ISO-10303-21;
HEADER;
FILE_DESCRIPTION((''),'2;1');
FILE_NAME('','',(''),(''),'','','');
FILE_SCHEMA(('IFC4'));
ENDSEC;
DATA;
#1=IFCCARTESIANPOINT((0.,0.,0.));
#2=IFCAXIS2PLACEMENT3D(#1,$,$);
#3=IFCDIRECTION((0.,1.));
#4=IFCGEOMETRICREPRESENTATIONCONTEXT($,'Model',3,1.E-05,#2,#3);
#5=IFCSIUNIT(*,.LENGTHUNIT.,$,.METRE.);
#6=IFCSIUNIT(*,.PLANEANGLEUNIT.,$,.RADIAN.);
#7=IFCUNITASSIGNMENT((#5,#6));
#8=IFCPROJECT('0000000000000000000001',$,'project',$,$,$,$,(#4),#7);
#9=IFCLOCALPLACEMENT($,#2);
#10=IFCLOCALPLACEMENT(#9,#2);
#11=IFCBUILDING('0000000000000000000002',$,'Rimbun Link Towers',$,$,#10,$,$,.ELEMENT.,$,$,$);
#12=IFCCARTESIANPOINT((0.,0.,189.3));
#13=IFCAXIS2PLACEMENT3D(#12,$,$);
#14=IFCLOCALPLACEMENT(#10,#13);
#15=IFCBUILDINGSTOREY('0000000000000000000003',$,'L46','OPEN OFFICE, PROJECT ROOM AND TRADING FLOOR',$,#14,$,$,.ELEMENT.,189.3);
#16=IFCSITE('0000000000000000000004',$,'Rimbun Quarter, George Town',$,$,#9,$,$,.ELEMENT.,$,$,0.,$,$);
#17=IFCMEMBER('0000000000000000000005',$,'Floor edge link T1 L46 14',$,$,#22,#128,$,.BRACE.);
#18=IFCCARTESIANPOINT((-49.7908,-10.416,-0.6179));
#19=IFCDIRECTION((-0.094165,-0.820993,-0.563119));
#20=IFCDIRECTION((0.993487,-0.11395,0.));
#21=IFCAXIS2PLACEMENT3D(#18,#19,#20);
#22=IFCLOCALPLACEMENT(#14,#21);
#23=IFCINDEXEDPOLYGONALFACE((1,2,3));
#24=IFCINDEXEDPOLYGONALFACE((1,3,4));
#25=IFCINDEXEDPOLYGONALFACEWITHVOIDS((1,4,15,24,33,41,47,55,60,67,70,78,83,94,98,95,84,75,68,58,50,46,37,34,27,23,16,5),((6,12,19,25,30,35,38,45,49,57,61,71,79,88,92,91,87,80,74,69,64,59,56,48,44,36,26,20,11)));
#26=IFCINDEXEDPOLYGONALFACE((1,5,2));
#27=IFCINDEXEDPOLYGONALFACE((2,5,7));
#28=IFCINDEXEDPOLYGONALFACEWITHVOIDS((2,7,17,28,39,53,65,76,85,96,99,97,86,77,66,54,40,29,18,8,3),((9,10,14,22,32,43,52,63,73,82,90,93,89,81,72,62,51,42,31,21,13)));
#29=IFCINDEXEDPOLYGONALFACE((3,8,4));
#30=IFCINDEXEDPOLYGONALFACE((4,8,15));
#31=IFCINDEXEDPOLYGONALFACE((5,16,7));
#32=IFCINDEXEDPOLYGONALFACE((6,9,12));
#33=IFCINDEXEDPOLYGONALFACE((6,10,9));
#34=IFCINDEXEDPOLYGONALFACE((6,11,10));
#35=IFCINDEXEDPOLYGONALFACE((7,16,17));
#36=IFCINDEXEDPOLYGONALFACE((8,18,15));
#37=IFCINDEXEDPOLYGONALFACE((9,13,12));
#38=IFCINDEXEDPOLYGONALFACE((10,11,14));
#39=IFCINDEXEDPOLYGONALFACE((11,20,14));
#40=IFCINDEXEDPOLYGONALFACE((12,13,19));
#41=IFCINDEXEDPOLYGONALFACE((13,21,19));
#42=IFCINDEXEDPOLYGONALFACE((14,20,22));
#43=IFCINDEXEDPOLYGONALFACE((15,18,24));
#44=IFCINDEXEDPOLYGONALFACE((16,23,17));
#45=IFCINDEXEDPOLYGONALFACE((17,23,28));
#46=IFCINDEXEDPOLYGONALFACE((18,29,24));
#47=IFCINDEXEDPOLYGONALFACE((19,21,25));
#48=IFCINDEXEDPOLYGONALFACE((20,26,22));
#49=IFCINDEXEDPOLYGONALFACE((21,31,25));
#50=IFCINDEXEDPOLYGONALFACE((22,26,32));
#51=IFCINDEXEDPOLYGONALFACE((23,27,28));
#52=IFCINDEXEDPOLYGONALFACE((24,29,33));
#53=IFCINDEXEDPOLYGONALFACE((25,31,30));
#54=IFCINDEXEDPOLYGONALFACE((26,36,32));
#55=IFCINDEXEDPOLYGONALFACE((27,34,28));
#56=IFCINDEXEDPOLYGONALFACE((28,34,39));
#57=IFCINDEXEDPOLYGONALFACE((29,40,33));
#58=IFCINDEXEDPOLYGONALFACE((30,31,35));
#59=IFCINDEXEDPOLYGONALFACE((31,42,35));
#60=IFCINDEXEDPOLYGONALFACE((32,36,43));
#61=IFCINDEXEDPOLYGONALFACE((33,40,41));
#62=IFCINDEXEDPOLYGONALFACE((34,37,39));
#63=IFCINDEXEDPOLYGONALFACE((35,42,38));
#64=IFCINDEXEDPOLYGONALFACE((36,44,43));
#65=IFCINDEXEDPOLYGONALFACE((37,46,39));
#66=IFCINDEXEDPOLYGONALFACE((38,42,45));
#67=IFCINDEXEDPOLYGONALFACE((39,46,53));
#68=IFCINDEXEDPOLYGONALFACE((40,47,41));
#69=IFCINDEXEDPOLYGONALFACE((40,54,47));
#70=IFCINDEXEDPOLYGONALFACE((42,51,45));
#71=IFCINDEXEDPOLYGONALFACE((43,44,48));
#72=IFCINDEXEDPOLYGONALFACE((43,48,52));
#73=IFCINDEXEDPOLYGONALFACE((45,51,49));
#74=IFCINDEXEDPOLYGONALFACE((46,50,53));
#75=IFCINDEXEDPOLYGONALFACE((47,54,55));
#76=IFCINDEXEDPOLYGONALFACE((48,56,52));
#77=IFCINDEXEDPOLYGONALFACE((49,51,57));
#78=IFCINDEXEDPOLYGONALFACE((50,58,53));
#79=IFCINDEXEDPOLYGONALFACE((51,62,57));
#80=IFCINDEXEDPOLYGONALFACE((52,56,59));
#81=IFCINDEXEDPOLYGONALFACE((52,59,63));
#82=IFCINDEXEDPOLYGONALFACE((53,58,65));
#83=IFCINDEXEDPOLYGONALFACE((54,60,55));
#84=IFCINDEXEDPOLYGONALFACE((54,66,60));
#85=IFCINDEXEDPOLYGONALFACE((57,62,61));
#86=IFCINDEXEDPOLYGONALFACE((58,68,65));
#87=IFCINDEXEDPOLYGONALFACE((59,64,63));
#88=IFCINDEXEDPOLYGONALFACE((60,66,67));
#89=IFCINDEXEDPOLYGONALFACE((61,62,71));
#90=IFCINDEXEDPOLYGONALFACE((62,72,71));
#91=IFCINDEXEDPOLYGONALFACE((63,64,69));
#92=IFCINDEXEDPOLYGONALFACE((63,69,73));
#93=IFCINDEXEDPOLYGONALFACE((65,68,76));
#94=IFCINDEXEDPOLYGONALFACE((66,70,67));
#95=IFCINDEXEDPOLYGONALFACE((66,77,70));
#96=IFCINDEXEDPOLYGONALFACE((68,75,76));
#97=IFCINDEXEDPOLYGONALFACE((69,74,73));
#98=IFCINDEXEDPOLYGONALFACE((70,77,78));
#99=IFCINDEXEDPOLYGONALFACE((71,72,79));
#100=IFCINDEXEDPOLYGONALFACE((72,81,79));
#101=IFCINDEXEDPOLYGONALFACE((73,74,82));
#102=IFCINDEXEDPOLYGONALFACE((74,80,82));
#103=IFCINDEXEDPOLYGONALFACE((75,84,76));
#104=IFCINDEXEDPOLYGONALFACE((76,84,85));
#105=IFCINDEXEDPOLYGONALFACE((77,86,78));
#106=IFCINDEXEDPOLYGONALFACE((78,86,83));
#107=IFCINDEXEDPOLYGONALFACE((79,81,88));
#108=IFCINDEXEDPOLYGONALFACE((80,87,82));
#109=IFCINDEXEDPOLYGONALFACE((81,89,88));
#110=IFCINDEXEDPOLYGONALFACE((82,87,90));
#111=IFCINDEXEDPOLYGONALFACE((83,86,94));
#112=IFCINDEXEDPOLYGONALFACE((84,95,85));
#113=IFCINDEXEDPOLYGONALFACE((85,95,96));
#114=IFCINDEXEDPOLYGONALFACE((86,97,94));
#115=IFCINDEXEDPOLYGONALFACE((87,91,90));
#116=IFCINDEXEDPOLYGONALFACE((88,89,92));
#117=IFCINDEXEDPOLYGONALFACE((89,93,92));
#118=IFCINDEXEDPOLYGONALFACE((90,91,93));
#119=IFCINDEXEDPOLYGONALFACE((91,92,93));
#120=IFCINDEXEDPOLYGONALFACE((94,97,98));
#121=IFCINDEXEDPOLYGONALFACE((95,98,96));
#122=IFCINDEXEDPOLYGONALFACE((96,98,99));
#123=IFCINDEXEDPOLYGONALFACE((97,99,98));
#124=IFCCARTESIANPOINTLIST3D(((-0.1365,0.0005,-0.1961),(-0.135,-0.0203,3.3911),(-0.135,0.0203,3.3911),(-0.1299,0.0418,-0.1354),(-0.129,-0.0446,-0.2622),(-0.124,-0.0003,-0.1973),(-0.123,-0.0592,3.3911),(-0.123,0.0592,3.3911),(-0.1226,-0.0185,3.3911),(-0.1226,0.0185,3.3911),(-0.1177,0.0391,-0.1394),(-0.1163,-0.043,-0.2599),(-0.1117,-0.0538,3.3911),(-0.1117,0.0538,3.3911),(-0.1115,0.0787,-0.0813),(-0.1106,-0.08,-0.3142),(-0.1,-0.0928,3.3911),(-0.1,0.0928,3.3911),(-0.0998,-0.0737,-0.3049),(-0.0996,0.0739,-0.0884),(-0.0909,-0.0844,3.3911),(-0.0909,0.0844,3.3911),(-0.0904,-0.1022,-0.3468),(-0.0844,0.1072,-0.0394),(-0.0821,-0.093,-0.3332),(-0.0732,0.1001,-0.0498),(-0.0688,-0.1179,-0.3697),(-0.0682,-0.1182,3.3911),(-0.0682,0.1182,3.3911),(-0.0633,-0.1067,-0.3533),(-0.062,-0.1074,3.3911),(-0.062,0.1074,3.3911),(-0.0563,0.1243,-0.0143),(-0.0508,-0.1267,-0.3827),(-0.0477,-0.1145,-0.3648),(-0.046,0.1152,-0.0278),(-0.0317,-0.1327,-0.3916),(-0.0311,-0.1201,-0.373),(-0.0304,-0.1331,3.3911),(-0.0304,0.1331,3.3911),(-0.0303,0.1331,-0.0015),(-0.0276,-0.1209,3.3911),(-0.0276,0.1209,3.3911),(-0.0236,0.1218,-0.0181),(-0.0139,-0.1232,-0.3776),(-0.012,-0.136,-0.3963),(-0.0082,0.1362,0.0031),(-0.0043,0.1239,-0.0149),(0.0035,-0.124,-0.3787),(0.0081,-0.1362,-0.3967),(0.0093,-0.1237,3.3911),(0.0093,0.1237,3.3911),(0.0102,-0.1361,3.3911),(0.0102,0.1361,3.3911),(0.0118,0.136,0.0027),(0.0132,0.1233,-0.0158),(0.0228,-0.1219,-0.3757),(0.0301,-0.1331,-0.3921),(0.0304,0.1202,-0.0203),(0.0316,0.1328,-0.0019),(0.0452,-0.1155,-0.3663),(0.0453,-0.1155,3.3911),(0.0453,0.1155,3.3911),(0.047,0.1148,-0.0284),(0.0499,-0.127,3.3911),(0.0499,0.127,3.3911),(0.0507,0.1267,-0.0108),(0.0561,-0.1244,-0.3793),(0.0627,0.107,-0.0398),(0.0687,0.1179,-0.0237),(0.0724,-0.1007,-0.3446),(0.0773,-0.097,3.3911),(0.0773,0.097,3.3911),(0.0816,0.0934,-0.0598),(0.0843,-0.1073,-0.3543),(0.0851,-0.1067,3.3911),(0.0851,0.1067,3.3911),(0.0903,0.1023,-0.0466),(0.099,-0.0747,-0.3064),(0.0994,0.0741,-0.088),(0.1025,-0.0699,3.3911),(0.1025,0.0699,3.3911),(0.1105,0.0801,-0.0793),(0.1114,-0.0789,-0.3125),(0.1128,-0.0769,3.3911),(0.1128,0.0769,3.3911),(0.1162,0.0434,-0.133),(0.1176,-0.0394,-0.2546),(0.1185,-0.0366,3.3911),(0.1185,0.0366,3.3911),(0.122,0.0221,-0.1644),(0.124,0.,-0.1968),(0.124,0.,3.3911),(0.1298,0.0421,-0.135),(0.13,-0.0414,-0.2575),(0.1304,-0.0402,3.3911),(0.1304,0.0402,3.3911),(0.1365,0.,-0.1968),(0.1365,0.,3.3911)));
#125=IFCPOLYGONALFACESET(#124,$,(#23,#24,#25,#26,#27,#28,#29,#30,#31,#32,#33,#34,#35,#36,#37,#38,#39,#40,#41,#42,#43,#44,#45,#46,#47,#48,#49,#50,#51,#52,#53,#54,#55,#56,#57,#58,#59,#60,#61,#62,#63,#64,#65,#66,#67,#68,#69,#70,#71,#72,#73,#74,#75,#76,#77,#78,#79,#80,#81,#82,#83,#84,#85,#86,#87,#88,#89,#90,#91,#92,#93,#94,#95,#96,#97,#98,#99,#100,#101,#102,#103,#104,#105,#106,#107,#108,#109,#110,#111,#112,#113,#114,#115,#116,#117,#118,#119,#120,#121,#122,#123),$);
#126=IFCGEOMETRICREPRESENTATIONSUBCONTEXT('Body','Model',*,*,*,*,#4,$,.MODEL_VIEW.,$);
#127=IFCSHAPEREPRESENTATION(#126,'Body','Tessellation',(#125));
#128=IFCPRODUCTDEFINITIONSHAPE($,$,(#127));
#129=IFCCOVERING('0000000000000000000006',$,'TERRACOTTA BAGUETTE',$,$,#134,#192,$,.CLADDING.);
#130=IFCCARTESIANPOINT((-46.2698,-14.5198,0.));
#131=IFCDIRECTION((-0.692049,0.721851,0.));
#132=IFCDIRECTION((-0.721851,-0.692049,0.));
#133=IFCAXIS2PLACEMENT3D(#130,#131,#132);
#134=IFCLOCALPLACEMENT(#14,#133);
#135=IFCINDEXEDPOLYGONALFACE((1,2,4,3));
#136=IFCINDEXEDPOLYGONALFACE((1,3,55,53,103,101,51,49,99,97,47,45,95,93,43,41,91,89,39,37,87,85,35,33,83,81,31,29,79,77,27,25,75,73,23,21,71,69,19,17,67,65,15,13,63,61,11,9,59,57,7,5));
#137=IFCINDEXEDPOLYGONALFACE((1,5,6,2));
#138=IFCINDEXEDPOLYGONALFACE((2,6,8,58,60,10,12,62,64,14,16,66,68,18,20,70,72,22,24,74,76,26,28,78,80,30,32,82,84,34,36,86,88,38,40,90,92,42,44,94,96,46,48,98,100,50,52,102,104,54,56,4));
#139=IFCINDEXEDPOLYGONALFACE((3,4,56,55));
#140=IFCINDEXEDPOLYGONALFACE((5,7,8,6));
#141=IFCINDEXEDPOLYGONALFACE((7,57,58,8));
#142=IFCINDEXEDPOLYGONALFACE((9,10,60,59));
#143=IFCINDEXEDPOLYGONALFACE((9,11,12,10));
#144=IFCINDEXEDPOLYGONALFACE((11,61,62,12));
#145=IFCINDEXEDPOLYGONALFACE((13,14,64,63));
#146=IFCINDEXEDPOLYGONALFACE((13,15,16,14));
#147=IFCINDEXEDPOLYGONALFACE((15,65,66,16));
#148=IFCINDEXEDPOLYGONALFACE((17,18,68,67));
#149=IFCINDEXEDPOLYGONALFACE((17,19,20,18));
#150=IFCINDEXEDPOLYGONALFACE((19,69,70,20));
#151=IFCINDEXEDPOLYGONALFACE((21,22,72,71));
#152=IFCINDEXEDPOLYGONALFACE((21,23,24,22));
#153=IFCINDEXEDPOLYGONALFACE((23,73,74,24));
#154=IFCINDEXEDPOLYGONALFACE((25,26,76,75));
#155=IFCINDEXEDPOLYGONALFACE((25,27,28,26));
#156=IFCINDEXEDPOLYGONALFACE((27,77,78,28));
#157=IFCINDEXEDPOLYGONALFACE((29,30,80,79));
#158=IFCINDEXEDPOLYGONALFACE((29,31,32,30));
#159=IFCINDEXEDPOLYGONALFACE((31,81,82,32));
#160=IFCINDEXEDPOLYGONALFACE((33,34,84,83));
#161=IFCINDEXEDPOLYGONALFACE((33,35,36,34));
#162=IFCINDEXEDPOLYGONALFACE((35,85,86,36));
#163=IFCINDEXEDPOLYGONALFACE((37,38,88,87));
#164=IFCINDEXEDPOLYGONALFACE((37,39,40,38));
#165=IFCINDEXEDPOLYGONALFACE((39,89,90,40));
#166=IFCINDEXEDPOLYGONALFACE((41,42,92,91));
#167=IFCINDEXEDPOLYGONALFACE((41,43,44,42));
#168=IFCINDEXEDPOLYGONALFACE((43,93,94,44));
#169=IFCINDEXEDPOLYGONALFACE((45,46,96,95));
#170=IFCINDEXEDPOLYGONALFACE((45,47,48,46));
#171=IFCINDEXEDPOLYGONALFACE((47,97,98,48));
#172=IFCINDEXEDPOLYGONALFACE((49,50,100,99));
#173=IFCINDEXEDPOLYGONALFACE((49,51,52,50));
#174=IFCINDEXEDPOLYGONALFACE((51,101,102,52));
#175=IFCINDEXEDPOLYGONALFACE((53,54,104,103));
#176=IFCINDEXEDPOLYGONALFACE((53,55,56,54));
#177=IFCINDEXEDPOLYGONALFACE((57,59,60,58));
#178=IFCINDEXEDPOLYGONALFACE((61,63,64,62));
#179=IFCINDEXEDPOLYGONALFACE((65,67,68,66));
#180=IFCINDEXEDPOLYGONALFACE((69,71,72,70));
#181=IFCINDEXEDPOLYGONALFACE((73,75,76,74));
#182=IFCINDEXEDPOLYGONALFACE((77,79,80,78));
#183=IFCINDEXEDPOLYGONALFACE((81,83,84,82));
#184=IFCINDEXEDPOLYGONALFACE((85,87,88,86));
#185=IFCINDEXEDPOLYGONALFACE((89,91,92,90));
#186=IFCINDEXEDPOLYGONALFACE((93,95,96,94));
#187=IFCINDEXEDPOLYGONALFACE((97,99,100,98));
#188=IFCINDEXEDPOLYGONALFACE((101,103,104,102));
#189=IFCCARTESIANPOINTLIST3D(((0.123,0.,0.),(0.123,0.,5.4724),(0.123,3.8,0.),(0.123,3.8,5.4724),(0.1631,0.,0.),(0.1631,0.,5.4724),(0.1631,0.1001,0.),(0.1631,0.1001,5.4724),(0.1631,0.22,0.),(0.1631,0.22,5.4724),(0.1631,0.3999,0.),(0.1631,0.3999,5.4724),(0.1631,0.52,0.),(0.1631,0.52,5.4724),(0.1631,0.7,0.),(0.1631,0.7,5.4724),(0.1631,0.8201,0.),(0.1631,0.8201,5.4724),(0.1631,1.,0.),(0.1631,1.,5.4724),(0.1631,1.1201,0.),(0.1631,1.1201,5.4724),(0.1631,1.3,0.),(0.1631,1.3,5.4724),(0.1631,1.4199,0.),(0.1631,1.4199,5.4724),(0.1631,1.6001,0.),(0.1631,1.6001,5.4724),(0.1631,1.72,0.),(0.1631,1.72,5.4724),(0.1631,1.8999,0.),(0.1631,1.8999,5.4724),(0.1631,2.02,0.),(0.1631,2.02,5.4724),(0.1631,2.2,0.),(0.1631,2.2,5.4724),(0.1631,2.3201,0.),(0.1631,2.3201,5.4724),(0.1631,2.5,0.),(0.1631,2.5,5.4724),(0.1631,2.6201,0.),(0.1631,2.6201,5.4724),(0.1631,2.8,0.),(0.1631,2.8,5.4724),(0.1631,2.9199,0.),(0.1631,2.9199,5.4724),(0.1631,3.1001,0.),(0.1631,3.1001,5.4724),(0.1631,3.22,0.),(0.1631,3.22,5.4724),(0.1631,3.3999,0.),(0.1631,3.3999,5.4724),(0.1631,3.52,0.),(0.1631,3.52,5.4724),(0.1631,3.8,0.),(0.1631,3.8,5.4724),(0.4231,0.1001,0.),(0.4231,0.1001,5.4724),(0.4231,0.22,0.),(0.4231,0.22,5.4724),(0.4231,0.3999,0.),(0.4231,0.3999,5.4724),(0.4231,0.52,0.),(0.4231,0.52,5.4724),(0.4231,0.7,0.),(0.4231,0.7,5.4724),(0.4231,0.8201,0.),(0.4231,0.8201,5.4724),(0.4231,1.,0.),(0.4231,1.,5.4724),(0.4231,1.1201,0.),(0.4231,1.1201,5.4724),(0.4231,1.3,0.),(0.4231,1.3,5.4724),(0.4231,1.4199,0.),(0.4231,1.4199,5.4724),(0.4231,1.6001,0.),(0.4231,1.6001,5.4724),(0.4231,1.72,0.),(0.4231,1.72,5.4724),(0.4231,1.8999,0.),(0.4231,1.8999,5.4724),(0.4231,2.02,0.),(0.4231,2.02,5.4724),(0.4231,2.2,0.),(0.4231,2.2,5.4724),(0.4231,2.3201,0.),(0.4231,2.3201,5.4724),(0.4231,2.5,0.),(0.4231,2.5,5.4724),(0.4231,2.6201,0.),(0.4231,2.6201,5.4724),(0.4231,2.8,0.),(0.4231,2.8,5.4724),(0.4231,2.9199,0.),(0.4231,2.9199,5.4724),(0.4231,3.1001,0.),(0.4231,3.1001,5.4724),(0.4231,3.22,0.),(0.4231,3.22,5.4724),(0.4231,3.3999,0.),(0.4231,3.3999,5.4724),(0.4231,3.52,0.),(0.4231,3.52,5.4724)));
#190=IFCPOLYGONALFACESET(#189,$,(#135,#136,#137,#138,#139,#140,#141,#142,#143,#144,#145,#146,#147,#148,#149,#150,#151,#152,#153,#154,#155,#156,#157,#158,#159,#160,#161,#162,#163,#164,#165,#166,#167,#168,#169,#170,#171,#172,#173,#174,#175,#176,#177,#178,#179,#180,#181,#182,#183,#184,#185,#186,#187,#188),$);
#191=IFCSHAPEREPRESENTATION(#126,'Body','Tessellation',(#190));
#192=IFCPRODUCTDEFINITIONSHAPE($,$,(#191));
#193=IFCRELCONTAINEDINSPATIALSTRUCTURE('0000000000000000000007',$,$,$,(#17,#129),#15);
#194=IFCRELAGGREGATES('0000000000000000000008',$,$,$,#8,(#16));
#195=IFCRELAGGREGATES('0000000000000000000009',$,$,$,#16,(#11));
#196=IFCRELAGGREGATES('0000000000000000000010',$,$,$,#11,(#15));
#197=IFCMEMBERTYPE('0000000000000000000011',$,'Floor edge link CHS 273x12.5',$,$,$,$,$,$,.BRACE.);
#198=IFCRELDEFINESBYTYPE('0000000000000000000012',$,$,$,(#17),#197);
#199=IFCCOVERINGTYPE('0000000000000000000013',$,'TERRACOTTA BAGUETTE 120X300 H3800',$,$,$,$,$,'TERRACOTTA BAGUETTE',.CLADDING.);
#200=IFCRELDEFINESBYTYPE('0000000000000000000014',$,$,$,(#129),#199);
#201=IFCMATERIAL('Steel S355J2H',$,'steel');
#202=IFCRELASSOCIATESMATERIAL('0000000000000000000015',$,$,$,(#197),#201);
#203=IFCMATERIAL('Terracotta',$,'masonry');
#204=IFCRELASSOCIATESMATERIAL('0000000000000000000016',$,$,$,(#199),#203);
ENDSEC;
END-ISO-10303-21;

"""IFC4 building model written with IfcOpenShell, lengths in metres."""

from ifc_helpers import new_model, si_unit, direction, frame, origin, origin_2d, place, context, subcontext, project, spatial, polyline, hollow_circle, outline, extrude, clip, halfspace, material, material_profile, profile_set, type_object, element, save


model = new_model("IFC4")

# Units and contexts
model_context = context("Model", 3, precision=1e-05, world=origin(), true_north=direction((0.0, 1.0)))
body_context = subcontext(model_context, "Body", "Model", "MODEL_VIEW")
ifc_project = project(units=[si_unit("LENGTHUNIT", "METRE"), si_unit("PLANEANGLEUNIT", "RADIAN")], contexts=[model_context])

# Site, building, storey
site_placement = place(None, origin())
site = spatial("IfcSite", under=ifc_project, at=site_placement, Name="Rimbun Quarter, George Town", CompositionType="ELEMENT", RefElevation=0.0)
building_placement = place(site_placement, origin())
building = spatial("IfcBuilding", under=site, at=building_placement, Name="Rimbun Link Towers", CompositionType="ELEMENT")
storey_placement = place(building_placement, frame((0.0, 0.0, 189.3)))
storey = spatial("IfcBuildingStorey", under=building, at=storey_placement, Name="L46", Description="OPEN OFFICE, PROJECT ROOM AND TRADING FLOOR", CompositionType="ELEMENT", Elevation=189.3)

# Member
ifc_material_1 = material(Name="Steel S355J2H", Category="steel")
ifc_material_profile_1 = material_profile(ifc_material_1, hollow_circle(Radius=0.1365, WallThickness=0.0125, at=origin_2d()), Name="CHS 273x12.5")
ifc_profile_set_1 = profile_set([ifc_material_profile_1], Name="Steel S355J2H")
member_type_1 = type_object("IfcMemberType", Name="Floor edge link CHS 273x12.5", PredefinedType="BRACE", material=ifc_profile_set_1)
member_1_placement = place(storey_placement, frame((-49.7908, -10.416, -0.6179), z_axis=(-0.094165, -0.820993, -0.563119), x_axis=(0.993487, -0.11395, 0.0)))
element("IfcMember", 1, at=member_1_placement, inside=storey, type_object=member_type_1, Name="Floor edge link T1 L46 14", PredefinedType="BRACE", context=body_context, shape_type="Clipping", body=[
    clip(extrude(hollow_circle(Radius=0.1365, WallThickness=0.0125, at=origin_2d()), frame((0.0, 0.0, -0.4185)), (0.0, 0.0, 1.0), 3.8096), halfspace(frame((0.0, 0.0, -0.1968), z_axis=(0.0, 0.826376, -0.563119)), False)),
])

# Covering
ifc_material_2 = material(Name="Terracotta", Category="masonry")
ifc_material_profile_2 = material_profile(ifc_material_2, outline(polyline([(0.123, 0.0), (0.1631, 0.0), (0.1631, 0.1001), (0.4231, 0.1001), (0.4231, 0.22), (0.1631, 0.22), (0.1631, 0.3999), (0.4231, 0.3999), (0.4231, 0.52), (0.1631, 0.52), (0.1631, 0.7), (0.4231, 0.7), (0.4231, 0.8201), (0.1631, 0.8201), (0.1631, 1.0), (0.4231, 1.0), (0.4231, 1.1201), (0.1631, 1.1201), (0.1631, 1.3), (0.4231, 1.3), (0.4231, 1.4199), (0.1631, 1.4199), (0.1631, 1.6001), (0.4231, 1.6001), (0.4231, 1.72), (0.1631, 1.72), (0.1631, 1.8999), (0.4231, 1.8999), (0.4231, 2.02), (0.1631, 2.02), (0.1631, 2.2), (0.4231, 2.2), (0.4231, 2.3201), (0.1631, 2.3201), (0.1631, 2.5), (0.4231, 2.5), (0.4231, 2.6201), (0.1631, 2.6201), (0.1631, 2.8), (0.4231, 2.8), (0.4231, 2.9199), (0.1631, 2.9199), (0.1631, 3.1001), (0.4231, 3.1001), (0.4231, 3.22), (0.1631, 3.22), (0.1631, 3.3999), (0.4231, 3.3999), (0.4231, 3.52), (0.1631, 3.52), (0.1631, 3.8), (0.123, 3.8), (0.123, 0.0)])), Name="BAGUETTE 120X300")
ifc_profile_set_2 = profile_set([ifc_material_profile_2], Name="Terracotta")
covering_type = type_object("IfcCoveringType", Name="TERRACOTTA BAGUETTE 120X300 H3800", ElementType="TERRACOTTA BAGUETTE", PredefinedType="CLADDING", material=ifc_profile_set_2)
covering_1_placement = place(storey_placement, frame((-46.2698, -14.5198, 0.0), z_axis=(-0.692049, 0.721851, 0.0), x_axis=(-0.721851, -0.692049, 0.0)))
element("IfcCovering", 2, at=covering_1_placement, inside=storey, type_object=covering_type, Name="TERRACOTTA BAGUETTE", PredefinedType="CLADDING", context=body_context, shape_type="SweptSolid", body=[
    extrude(outline(polyline([(0.123, 0.0), (0.1631, 0.0), (0.1631, 0.1001), (0.4231, 0.1001), (0.4231, 0.22), (0.1631, 0.22), (0.1631, 0.3999), (0.4231, 0.3999), (0.4231, 0.52), (0.1631, 0.52), (0.1631, 0.7), (0.4231, 0.7), (0.4231, 0.8201), (0.1631, 0.8201), (0.1631, 1.0), (0.4231, 1.0), (0.4231, 1.1201), (0.1631, 1.1201), (0.1631, 1.3), (0.4231, 1.3), (0.4231, 1.4199), (0.1631, 1.4199), (0.1631, 1.6001), (0.4231, 1.6001), (0.4231, 1.72), (0.1631, 1.72), (0.1631, 1.8999), (0.4231, 1.8999), (0.4231, 2.02), (0.1631, 2.02), (0.1631, 2.2), (0.4231, 2.2), (0.4231, 2.3201), (0.1631, 2.3201), (0.1631, 2.5), (0.4231, 2.5), (0.4231, 2.6201), (0.1631, 2.6201), (0.1631, 2.8), (0.4231, 2.8), (0.4231, 2.9199), (0.1631, 2.9199), (0.1631, 3.1001), (0.4231, 3.1001), (0.4231, 3.22), (0.1631, 3.22), (0.1631, 3.3999), (0.4231, 3.3999), (0.4231, 3.52), (0.1631, 3.52), (0.1631, 3.8), (0.123, 3.8), (0.123, 0.0)])), origin(), (0.0, 0.0, 1.0), 5.4724),
])

save(model, "model.ifc")
